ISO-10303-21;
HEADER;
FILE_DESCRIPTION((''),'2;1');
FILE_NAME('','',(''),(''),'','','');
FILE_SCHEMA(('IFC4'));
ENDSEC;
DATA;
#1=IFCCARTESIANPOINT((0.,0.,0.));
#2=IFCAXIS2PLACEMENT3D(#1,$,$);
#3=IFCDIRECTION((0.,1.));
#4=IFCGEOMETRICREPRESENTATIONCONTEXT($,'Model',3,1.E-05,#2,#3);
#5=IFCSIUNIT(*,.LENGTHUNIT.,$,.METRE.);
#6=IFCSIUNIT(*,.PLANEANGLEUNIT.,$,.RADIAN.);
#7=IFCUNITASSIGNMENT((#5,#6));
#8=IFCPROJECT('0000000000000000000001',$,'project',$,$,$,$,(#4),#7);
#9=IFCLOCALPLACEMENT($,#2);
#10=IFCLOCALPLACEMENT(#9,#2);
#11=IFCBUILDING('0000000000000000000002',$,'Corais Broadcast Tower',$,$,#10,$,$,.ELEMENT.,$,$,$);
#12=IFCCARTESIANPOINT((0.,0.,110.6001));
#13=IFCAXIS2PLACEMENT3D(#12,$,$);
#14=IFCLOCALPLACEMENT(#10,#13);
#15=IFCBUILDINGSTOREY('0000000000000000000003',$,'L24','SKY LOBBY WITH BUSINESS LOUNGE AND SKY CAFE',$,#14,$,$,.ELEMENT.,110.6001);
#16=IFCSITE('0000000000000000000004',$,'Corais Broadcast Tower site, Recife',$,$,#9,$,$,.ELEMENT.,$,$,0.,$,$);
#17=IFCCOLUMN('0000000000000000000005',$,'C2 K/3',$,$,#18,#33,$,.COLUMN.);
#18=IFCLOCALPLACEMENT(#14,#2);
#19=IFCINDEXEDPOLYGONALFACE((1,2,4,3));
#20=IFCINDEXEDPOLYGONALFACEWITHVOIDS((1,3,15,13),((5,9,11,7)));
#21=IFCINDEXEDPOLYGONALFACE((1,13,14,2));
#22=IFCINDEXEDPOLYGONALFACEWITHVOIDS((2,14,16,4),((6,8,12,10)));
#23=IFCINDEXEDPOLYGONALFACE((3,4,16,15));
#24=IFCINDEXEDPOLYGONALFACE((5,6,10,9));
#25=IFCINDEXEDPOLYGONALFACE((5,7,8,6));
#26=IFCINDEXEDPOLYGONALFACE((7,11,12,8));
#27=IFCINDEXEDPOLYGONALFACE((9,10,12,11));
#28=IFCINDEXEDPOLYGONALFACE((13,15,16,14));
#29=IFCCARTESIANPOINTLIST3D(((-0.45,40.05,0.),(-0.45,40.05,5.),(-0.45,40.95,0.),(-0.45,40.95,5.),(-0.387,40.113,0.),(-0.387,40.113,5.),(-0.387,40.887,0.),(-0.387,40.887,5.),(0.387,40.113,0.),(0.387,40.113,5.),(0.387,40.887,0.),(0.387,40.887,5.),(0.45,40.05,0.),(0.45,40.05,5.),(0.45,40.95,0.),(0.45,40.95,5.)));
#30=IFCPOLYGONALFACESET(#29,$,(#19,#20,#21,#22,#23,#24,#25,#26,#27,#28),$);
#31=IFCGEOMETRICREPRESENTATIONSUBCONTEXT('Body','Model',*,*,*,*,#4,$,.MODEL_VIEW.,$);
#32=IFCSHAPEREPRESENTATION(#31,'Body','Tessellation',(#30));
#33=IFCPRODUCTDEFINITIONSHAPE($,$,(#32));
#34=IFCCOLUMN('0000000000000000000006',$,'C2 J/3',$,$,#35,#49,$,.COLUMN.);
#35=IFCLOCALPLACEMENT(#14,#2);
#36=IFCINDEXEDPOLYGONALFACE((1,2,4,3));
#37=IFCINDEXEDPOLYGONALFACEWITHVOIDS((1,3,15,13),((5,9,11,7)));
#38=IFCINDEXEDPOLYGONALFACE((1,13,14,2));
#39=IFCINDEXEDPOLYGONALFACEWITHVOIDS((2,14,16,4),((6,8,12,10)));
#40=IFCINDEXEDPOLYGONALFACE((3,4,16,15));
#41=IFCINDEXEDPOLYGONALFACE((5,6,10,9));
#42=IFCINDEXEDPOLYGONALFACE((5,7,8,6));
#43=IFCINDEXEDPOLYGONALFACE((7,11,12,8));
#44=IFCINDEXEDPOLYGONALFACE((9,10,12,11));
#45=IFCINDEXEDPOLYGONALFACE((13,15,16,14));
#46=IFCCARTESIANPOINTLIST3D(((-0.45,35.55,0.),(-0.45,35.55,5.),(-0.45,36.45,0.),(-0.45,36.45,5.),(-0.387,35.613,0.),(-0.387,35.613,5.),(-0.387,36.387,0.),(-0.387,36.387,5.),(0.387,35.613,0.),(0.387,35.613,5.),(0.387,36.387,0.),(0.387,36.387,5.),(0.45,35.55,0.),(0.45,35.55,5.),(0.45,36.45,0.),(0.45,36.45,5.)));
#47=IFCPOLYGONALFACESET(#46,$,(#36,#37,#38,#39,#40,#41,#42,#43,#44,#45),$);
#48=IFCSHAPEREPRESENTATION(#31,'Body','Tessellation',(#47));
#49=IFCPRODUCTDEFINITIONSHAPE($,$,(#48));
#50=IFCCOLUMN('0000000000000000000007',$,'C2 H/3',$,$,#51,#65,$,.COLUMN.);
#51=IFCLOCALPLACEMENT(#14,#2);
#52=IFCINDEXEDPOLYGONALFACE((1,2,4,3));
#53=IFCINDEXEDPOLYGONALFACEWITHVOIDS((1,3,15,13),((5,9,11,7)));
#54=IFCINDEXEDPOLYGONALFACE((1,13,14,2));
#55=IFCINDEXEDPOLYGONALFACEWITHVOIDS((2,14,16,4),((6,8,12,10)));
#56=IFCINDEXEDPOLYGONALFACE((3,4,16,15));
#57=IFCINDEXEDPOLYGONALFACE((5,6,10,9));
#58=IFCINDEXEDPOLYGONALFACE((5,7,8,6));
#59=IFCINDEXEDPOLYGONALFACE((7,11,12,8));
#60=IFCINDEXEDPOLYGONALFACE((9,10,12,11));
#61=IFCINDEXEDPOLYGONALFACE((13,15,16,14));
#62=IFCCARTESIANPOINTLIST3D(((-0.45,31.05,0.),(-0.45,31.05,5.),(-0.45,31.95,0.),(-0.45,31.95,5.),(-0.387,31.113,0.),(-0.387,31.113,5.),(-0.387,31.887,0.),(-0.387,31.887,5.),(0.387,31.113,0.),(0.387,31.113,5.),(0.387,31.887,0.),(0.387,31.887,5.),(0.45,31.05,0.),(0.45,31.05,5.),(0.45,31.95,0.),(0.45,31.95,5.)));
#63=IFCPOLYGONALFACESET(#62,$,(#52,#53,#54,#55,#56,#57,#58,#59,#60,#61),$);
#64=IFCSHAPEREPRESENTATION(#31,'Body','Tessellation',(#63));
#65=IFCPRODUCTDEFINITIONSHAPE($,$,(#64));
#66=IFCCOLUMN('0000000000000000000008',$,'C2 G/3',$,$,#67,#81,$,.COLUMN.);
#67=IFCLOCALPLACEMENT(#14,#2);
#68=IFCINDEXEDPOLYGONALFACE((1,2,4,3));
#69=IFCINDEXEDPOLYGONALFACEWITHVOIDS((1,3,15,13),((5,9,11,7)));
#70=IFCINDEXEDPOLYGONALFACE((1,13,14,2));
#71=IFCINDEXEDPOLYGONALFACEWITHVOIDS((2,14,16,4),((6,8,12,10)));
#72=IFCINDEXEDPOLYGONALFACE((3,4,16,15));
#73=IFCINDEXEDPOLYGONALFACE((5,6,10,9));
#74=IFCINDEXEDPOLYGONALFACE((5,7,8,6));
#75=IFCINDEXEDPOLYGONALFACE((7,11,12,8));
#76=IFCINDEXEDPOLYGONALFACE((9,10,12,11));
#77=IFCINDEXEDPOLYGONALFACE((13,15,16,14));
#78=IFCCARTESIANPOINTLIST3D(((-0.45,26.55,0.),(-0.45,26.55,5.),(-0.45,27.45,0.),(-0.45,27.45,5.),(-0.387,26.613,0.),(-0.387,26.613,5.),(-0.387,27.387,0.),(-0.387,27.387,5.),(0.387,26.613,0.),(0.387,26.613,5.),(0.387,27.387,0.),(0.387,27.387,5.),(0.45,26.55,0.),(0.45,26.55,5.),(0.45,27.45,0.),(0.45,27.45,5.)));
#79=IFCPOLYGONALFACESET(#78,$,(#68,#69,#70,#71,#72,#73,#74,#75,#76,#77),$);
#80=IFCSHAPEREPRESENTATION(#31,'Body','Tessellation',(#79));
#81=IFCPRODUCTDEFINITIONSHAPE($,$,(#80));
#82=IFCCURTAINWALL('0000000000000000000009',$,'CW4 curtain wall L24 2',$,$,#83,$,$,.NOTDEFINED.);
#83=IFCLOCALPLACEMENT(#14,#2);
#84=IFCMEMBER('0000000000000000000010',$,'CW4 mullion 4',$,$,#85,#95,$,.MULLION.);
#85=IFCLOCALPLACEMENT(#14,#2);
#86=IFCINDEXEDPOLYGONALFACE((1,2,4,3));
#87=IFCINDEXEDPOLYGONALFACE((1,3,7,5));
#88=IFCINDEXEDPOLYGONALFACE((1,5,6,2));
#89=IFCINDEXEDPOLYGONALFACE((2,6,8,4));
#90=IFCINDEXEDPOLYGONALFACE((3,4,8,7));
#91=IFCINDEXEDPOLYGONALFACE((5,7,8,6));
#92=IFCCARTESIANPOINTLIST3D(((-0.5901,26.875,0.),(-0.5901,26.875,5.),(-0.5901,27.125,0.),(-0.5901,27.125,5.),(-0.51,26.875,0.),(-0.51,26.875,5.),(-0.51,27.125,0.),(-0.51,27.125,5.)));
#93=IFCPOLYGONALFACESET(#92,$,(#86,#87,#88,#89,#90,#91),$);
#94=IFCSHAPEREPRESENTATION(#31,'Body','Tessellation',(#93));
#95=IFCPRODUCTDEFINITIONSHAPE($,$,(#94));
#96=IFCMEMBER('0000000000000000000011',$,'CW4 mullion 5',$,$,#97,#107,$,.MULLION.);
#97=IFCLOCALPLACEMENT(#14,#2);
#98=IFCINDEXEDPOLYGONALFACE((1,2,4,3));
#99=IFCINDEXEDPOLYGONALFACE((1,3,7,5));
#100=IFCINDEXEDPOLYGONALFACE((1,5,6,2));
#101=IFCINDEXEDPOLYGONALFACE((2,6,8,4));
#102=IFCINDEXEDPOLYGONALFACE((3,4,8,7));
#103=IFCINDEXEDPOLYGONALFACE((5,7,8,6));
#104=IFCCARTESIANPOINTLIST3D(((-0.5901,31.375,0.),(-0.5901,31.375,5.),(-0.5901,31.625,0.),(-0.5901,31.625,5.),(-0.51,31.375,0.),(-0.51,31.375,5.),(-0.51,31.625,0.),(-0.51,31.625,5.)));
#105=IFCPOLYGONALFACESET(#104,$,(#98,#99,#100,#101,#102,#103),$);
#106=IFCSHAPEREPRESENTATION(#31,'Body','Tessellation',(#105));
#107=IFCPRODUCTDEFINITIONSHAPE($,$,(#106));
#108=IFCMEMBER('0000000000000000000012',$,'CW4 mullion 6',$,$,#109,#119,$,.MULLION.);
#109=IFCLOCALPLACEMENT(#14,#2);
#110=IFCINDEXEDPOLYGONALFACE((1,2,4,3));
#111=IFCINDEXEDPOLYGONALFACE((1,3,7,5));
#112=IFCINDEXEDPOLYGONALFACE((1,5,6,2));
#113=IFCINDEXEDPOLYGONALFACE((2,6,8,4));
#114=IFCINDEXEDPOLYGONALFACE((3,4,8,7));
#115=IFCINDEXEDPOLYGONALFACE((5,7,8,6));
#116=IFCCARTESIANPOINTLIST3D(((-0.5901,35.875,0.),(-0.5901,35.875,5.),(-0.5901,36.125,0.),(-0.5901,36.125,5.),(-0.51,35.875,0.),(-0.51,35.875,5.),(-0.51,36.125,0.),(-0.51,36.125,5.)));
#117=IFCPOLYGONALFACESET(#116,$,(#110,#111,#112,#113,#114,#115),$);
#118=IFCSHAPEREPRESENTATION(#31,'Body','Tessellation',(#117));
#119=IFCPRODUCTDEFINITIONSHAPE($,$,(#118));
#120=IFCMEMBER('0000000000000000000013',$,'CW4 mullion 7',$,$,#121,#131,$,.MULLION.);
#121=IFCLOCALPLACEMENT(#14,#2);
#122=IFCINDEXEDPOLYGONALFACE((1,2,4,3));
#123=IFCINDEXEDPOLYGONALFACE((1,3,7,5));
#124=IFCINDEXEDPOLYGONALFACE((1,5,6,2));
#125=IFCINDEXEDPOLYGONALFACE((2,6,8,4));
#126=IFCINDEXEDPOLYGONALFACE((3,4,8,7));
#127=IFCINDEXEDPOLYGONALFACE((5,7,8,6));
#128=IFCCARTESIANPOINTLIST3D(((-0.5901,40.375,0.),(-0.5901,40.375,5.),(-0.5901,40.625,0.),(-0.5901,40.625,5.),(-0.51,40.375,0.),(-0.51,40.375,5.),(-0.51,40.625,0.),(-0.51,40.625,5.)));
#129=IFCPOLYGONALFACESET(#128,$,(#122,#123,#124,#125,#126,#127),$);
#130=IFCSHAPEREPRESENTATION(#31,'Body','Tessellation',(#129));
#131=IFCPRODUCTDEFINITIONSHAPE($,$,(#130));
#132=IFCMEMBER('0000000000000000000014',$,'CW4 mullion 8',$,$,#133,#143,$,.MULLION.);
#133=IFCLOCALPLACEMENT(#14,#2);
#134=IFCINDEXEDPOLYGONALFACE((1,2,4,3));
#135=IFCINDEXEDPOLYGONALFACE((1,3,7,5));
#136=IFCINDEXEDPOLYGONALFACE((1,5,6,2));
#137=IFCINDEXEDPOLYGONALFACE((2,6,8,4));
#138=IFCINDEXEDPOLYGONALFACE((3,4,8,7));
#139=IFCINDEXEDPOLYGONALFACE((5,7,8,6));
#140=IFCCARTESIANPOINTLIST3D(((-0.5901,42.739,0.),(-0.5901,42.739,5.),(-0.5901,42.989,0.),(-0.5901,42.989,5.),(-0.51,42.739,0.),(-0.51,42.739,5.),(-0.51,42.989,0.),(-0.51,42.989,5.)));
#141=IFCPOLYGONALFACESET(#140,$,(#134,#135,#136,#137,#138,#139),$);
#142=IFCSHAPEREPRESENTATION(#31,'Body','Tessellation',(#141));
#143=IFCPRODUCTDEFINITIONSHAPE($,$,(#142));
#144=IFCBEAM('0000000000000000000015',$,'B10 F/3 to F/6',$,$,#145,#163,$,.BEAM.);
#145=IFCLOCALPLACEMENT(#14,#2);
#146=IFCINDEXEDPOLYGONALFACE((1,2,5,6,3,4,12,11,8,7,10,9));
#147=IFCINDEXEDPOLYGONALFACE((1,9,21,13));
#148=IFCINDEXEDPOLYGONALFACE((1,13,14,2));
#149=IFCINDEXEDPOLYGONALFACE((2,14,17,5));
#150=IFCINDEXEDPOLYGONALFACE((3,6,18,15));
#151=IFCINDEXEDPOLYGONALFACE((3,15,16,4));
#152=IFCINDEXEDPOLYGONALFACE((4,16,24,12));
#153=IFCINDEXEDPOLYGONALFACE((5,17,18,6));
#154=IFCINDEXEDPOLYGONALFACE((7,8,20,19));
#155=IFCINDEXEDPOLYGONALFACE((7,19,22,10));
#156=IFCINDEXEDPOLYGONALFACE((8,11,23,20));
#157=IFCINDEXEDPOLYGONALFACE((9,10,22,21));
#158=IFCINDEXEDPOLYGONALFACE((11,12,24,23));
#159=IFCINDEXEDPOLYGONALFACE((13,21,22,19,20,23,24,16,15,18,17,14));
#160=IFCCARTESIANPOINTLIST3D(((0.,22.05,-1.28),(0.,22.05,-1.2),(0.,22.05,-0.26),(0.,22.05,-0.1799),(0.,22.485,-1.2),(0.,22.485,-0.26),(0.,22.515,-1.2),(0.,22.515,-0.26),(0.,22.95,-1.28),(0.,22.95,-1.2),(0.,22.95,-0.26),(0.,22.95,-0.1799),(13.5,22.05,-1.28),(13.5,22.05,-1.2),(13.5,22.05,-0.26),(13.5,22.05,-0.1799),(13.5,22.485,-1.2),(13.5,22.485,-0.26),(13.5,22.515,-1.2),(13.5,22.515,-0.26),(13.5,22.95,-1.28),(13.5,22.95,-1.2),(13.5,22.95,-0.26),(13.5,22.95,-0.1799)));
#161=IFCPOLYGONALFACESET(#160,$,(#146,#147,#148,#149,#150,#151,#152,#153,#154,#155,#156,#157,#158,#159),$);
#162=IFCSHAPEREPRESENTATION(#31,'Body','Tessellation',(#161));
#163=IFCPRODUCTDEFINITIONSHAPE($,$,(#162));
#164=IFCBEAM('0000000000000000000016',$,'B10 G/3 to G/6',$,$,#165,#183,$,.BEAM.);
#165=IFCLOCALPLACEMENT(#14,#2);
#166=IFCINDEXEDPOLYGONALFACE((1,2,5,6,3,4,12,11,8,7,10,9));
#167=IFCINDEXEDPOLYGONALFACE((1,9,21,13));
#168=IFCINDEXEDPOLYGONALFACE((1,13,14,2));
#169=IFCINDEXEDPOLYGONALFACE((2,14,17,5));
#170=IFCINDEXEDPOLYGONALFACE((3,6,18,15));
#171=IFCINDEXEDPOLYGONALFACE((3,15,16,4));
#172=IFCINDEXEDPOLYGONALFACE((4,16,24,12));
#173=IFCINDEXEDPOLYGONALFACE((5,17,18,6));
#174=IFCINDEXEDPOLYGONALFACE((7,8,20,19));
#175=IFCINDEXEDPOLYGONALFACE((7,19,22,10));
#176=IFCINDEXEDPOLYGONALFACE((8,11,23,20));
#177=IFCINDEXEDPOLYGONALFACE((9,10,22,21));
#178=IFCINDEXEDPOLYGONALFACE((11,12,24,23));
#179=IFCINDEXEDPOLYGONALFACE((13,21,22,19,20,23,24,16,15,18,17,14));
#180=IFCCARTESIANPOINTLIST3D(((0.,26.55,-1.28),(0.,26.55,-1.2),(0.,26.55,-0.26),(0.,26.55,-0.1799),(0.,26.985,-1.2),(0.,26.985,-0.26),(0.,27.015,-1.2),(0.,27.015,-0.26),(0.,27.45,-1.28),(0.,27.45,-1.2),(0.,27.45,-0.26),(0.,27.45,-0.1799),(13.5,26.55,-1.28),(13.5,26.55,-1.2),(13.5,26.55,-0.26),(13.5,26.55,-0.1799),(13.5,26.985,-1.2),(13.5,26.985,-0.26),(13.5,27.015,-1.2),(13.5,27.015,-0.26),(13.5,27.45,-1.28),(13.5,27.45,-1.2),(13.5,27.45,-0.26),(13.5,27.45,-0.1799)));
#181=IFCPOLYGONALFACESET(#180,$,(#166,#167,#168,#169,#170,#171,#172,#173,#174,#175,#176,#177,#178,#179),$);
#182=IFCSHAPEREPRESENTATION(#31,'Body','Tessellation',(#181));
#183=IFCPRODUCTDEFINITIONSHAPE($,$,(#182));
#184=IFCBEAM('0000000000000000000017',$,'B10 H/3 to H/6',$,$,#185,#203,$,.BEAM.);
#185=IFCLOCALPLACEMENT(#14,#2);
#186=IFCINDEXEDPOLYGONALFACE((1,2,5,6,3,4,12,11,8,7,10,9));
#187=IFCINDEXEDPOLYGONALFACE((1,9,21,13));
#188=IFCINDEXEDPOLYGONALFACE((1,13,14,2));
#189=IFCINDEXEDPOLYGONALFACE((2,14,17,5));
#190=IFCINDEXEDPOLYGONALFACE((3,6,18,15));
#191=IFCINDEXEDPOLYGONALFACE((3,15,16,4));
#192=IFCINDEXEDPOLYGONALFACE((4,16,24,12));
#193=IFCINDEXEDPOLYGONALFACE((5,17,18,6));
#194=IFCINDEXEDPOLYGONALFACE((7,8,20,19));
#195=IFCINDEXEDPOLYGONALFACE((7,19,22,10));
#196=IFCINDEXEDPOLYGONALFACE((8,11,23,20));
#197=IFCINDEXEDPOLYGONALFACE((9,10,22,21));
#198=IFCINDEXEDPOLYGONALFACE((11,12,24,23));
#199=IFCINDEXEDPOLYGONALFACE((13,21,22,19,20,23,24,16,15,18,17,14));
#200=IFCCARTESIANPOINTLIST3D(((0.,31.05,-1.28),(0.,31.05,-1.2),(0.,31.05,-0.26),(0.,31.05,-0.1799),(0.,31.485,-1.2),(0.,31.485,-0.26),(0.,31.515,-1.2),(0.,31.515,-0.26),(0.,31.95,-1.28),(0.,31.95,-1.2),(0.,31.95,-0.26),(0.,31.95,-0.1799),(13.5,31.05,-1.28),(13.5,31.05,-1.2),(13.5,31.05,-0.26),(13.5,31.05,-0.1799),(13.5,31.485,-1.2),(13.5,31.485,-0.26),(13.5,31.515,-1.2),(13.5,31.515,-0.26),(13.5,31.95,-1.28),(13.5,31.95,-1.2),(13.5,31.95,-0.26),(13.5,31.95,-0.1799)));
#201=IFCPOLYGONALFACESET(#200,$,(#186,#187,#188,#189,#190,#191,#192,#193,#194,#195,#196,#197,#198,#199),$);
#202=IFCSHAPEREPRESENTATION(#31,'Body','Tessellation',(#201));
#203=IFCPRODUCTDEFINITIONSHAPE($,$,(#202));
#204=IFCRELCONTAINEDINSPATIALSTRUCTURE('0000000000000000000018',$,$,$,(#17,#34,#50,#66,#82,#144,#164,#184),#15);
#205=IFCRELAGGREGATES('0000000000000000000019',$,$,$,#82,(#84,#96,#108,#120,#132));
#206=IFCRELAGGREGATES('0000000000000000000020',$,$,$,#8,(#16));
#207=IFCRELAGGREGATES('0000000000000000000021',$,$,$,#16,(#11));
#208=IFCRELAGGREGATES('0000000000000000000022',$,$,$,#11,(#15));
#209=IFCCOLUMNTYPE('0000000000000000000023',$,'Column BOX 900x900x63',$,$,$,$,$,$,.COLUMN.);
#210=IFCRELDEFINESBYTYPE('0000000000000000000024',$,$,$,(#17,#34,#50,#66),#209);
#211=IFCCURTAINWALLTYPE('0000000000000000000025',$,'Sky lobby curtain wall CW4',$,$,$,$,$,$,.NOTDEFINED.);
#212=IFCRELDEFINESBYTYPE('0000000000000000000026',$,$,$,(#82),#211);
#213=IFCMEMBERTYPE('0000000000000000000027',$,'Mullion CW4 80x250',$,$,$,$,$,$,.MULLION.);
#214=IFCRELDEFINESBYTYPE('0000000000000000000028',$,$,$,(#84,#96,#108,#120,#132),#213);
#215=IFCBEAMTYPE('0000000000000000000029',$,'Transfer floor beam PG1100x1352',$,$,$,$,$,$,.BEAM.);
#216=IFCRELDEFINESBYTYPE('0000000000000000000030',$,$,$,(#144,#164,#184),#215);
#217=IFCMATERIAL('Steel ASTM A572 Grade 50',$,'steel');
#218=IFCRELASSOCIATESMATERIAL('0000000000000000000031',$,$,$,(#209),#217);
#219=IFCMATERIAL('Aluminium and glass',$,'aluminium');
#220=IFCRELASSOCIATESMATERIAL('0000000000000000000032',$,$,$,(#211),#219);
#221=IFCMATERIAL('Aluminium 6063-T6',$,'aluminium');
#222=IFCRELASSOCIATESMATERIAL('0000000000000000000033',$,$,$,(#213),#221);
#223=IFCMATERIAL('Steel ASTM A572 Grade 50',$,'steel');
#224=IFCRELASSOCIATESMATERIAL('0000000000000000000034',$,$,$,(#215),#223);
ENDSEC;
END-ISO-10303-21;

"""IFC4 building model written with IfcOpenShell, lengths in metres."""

from ifc_helpers import new_model, si_unit, direction, frame, origin, origin_2d, place, context, subcontext, project, spatial, rectangle, hollow_rectangle, i_section, extrude, material, material_profile, profile_set, type_object, element, aggregate, save


model = new_model("IFC4")

# Units and contexts
model_context = context("Model", 3, precision=1e-05, world=origin(), true_north=direction((0.0, 1.0)))
body_context = subcontext(model_context, "Body", "Model", "MODEL_VIEW")
ifc_project = project(units=[si_unit("LENGTHUNIT", "METRE"), si_unit("PLANEANGLEUNIT", "RADIAN")], contexts=[model_context])

# Site, building, storey
site_placement = place(None, origin())
site = spatial("IfcSite", under=ifc_project, at=site_placement, Name="Corais Broadcast Tower site, Recife", CompositionType="ELEMENT", RefElevation=0.0)
building_placement = place(site_placement, origin())
building = spatial("IfcBuilding", under=site, at=building_placement, Name="Corais Broadcast Tower", CompositionType="ELEMENT")
storey_placement = place(building_placement, frame((0.0, 0.0, 110.6001)))
storey = spatial("IfcBuildingStorey", under=building, at=storey_placement, Name="L24", Description="SKY LOBBY WITH BUSINESS LOUNGE AND SKY CAFE", CompositionType="ELEMENT", Elevation=110.6001)

# Columns
ifc_material_1 = material(Name="Steel ASTM A572 Grade 50", Category="steel")
ifc_material_profile_1 = material_profile(ifc_material_1, hollow_rectangle(XDim=0.8999, YDim=0.8999, WallThickness=0.063, at=origin_2d()), Name="BOX 900x900x63")
ifc_profile_set_1 = profile_set([ifc_material_profile_1], Name="Steel ASTM A572 Grade 50")
column_type = type_object("IfcColumnType", Name="Column BOX 900x900x63", PredefinedType="COLUMN", material=ifc_profile_set_1)
for number, where, z_axis, x_axis, name in (
    (1, (0.0, 40.5, 0.0), (0.0, 0.0, 1.0), (1.0, 0.0, 0.0), "C2 K/3"),
    (2, (0.0, 36.0, 0.0), (0.0, 0.0, 1.0), (1.0, 0.0, 0.0), "C2 J/3"),
    (3, (0.0, 31.5, 0.0), (0.0, 0.0, 1.0), (1.0, 0.0, 0.0), "C2 H/3"),
    (4, (0.0, 27.0, 0.0), (0.0, 0.0, 1.0), (1.0, 0.0, 0.0), "C2 G/3"),
):
    element("IfcColumn", number, at=place(storey_placement, frame(where, z_axis=z_axis, x_axis=x_axis)), inside=storey, type_object=column_type, Name=name, PredefinedType="COLUMN", context=body_context, shape_type="SweptSolid", body=[
        extrude(hollow_rectangle(XDim=0.8999, YDim=0.8999, WallThickness=0.063, at=origin_2d()), origin(), (0.0, 0.0, 1.0), 5.0),
    ])

# Curtain wall, members
ifc_material_2 = material(Name="Aluminium and glass", Category="aluminium")
curtain_wall_type = type_object("IfcCurtainWallType", Name="Sky lobby curtain wall CW4", PredefinedType="NOTDEFINED", material=ifc_material_2)
curtain_wall_placement = place(storey_placement, origin())
curtain_wall = element("IfcCurtainWall", 5, at=curtain_wall_placement, inside=storey, type_object=curtain_wall_type, Name="CW4 curtain wall L24 2", PredefinedType="NOTDEFINED")
ifc_material_3 = material(Name="Aluminium 6063-T6", Category="aluminium")
ifc_material_profile_2 = material_profile(ifc_material_3, rectangle(XDim=0.0801, YDim=0.25, at=origin_2d()), Name="Mullion CW4 80x250")
ifc_profile_set_2 = profile_set([ifc_material_profile_2], Name="Aluminium 6063-T6")
member_type_1 = type_object("IfcMemberType", Name="Mullion CW4 80x250", PredefinedType="MULLION", material=ifc_profile_set_2)
member_1_placement = place(storey_placement, frame((-0.55, 27.0, 0.0), z_axis=(0.0, 0.0, 1.0), x_axis=(-1.0, 0.0, 0.0)))
member_1 = element("IfcMember", 6, at=member_1_placement, type_object=member_type_1, Name="CW4 mullion 4", PredefinedType="MULLION", context=body_context, shape_type="SweptSolid", body=[
    extrude(rectangle(XDim=0.0801, YDim=0.25, at=origin_2d()), origin(), (0.0, 0.0, 1.0), 5.0),
])
member_2_placement = place(storey_placement, frame((-0.55, 31.5, 0.0), z_axis=(0.0, 0.0, 1.0), x_axis=(-1.0, 0.0, 0.0)))
member_2 = element("IfcMember", 7, at=member_2_placement, type_object=member_type_1, Name="CW4 mullion 5", PredefinedType="MULLION", context=body_context, shape_type="SweptSolid", body=[
    extrude(rectangle(XDim=0.0801, YDim=0.25, at=origin_2d()), origin(), (0.0, 0.0, 1.0), 5.0),
])
member_3_placement = place(storey_placement, frame((-0.55, 36.0, 0.0), z_axis=(0.0, 0.0, 1.0), x_axis=(-1.0, 0.0, 0.0)))
member_3 = element("IfcMember", 8, at=member_3_placement, type_object=member_type_1, Name="CW4 mullion 6", PredefinedType="MULLION", context=body_context, shape_type="SweptSolid", body=[
    extrude(rectangle(XDim=0.0801, YDim=0.25, at=origin_2d()), origin(), (0.0, 0.0, 1.0), 5.0),
])
member_4_placement = place(storey_placement, frame((-0.55, 40.5, 0.0), z_axis=(0.0, 0.0, 1.0), x_axis=(-1.0, 0.0, 0.0)))
member_4 = element("IfcMember", 9, at=member_4_placement, type_object=member_type_1, Name="CW4 mullion 7", PredefinedType="MULLION", context=body_context, shape_type="SweptSolid", body=[
    extrude(rectangle(XDim=0.0801, YDim=0.25, at=origin_2d()), origin(), (0.0, 0.0, 1.0), 5.0),
])
member_5_placement = place(storey_placement, frame((-0.55, 42.864, 0.0), z_axis=(0.0, 0.0, 1.0), x_axis=(-1.0, 0.0, 0.0)))
member_5 = element("IfcMember", 10, at=member_5_placement, type_object=member_type_1, Name="CW4 mullion 8", PredefinedType="MULLION", context=body_context, shape_type="SweptSolid", body=[
    extrude(rectangle(XDim=0.0801, YDim=0.25, at=origin_2d()), origin(), (0.0, 0.0, 1.0), 5.0),
])

# Beams
ifc_material_4 = material(Name="Steel ASTM A572 Grade 50", Category="steel")
ifc_material_profile_3 = material_profile(ifc_material_4, i_section(OverallWidth=0.8999, OverallDepth=1.1001, WebThickness=0.03, FlangeThickness=0.0801, at=origin_2d()), Name="PG1100x1352")
ifc_profile_set_3 = profile_set([ifc_material_profile_3], Name="Steel ASTM A572 Grade 50")
beam_type_1 = type_object("IfcBeamType", Name="Transfer floor beam PG1100x1352", PredefinedType="BEAM", material=ifc_profile_set_3)
for number, where, z_axis, x_axis, name in (
    (11, (0.0, 22.5, -0.73), (1.0, 0.0, 0.0), (0.0, 1.0, 0.0), "B10 F/3 to F/6"),
    (12, (0.0, 27.0, -0.73), (1.0, 0.0, 0.0), (0.0, 1.0, 0.0), "B10 G/3 to G/6"),
    (13, (0.0, 31.5, -0.73), (1.0, 0.0, 0.0), (0.0, 1.0, 0.0), "B10 H/3 to H/6"),
):
    element("IfcBeam", number, at=place(storey_placement, frame(where, z_axis=z_axis, x_axis=x_axis)), inside=storey, type_object=beam_type_1, Name=name, PredefinedType="BEAM", context=body_context, shape_type="SweptSolid", body=[
        extrude(i_section(OverallWidth=0.8999, OverallDepth=1.1001, WebThickness=0.03, FlangeThickness=0.0801, at=origin_2d()), origin(), (0.0, 0.0, 1.0), 13.5),
    ])

aggregate(curtain_wall, [member_1, member_2, member_3, member_4, member_5])

save(model, "model.ifc")
